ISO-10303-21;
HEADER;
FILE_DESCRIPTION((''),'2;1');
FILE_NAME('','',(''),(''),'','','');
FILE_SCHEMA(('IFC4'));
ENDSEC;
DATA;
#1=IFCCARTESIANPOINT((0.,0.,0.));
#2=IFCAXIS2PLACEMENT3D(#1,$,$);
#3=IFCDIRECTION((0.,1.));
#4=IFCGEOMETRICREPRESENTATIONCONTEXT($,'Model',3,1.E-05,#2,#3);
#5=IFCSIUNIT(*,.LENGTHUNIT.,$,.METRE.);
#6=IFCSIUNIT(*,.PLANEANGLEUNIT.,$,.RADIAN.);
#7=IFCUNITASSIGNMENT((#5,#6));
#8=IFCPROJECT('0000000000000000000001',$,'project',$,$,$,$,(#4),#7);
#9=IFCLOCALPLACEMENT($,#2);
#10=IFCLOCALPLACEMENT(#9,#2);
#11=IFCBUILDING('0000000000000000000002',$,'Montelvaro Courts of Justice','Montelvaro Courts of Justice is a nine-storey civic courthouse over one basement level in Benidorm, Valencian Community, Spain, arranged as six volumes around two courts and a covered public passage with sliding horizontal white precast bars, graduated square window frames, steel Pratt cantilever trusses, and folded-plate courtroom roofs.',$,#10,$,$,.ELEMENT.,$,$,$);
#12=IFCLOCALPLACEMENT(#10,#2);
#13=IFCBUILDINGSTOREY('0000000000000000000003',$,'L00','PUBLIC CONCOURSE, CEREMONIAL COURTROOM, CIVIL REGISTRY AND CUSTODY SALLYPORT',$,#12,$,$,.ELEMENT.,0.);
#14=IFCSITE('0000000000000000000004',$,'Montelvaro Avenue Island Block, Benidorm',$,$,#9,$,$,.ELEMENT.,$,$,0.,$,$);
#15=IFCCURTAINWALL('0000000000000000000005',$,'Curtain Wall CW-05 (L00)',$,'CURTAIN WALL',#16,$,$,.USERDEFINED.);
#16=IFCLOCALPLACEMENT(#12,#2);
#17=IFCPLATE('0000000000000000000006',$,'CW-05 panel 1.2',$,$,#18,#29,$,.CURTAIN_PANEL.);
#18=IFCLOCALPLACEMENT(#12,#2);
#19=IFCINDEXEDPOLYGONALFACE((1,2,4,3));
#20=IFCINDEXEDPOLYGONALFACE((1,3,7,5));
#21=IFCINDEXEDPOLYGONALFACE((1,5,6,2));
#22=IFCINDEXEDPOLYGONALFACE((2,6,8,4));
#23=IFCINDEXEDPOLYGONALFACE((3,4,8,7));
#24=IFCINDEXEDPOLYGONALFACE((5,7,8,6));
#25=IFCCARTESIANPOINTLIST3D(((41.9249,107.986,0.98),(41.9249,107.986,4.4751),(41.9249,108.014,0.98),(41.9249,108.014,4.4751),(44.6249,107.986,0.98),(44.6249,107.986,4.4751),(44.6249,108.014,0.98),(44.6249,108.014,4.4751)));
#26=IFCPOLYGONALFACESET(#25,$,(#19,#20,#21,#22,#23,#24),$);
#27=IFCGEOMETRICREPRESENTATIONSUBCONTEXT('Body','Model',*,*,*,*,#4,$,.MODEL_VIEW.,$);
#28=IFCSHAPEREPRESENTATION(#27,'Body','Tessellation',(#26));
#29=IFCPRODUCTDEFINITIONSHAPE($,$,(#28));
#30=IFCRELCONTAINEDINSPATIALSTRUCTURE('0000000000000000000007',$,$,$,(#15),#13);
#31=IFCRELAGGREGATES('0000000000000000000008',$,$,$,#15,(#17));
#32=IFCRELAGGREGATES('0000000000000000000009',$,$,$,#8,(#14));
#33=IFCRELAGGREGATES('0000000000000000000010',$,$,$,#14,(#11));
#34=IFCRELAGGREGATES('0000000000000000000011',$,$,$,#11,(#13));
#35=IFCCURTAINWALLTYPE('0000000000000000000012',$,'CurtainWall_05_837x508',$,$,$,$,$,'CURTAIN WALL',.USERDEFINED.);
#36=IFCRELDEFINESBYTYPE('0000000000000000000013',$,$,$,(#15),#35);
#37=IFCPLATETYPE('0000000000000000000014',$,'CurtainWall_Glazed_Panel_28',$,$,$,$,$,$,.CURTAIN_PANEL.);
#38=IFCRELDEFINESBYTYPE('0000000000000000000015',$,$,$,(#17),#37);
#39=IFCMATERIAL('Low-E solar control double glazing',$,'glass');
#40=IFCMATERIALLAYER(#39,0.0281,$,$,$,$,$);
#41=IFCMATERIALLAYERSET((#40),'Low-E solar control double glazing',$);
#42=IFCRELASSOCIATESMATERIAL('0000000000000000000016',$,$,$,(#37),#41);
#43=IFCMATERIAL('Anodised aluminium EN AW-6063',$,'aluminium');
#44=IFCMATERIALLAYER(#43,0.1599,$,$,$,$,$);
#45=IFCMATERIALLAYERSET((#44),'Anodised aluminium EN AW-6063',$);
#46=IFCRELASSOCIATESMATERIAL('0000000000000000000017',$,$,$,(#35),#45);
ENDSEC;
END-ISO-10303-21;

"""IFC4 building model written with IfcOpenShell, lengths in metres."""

from ifc_helpers import new_model, si_unit, direction, frame, origin, origin_2d, place, context, subcontext, project, spatial, rectangle, extrude, material, layer, layer_set, type_object, element, aggregate, save


model = new_model("IFC4")

# Units and contexts
model_context = context("Model", 3, precision=1e-05, world=origin(), true_north=direction((0.0, 1.0)))
body_context = subcontext(model_context, "Body", "Model", "MODEL_VIEW")
ifc_project = project(units=[si_unit("LENGTHUNIT", "METRE"), si_unit("PLANEANGLEUNIT", "RADIAN")], contexts=[model_context])

# Site, building, storey
site_placement = place(None, origin())
site = spatial("IfcSite", under=ifc_project, at=site_placement, Name="Montelvaro Avenue Island Block, Benidorm", CompositionType="ELEMENT", RefElevation=0.0)
building_placement = place(site_placement, origin())
building = spatial("IfcBuilding", under=site, at=building_placement, Name="Montelvaro Courts of Justice", Description="Montelvaro Courts of Justice is a nine-storey civic courthouse over one basement level in Benidorm, Valencian Community, Spain, arranged as six volumes around two courts and a covered public passage with sliding horizontal white precast bars, graduated square window frames, steel Pratt cantilever trusses, and folded-plate courtroom roofs.", CompositionType="ELEMENT")
storey_placement = place(building_placement, origin())
storey = spatial("IfcBuildingStorey", under=building, at=storey_placement, Name="L00", Description="PUBLIC CONCOURSE, CEREMONIAL COURTROOM, CIVIL REGISTRY AND CUSTODY SALLYPORT", CompositionType="ELEMENT", Elevation=0.0)

# Shared definitions
ifc_material_1 = material(Name="Anodised aluminium EN AW-6063", Category="aluminium")
ifc_material_2 = material(Name="Low-E solar control double glazing", Category="glass")
ifc_layer_1 = layer(ifc_material_2, 0.0281)
ifc_layer_set_1 = layer_set([ifc_layer_1], Name="Low-E solar control double glazing")
plate_type = type_object("IfcPlateType", Name="CurtainWall_Glazed_Panel_28", PredefinedType="CURTAIN_PANEL", material=ifc_layer_set_1)

# Curtain wall, plate
ifc_layer_2 = layer(ifc_material_1, 0.1599)
ifc_layer_set_2 = layer_set([ifc_layer_2], Name="Anodised aluminium EN AW-6063")
curtain_wall_type_1 = type_object("IfcCurtainWallType", Name="CurtainWall_05_837x508", ElementType="CURTAIN WALL", PredefinedType="USERDEFINED", material=ifc_layer_set_2)
curtain_wall_1_placement = place(storey_placement, origin())
curtain_wall_1 = element("IfcCurtainWall", 1, at=curtain_wall_1_placement, inside=storey, type_object=curtain_wall_type_1, Name="Curtain Wall CW-05 (L00)", ObjectType="CURTAIN WALL", PredefinedType="USERDEFINED")
plate_1_placement = place(storey_placement, frame((43.2749, 108.0, 0.98), z_axis=(0.0, 0.0, 1.0), x_axis=(-1.0, 0.0, 0.0)))
plate_1 = element("IfcPlate", 2, at=plate_1_placement, type_object=plate_type, Name="CW-05 panel 1.2", PredefinedType="CURTAIN_PANEL", context=body_context, shape_type="SweptSolid", body=[
    extrude(rectangle(XDim=2.7, YDim=0.0281, at=origin_2d()), origin(), (0.0, 0.0, 1.0), 3.4951),
])
aggregate(curtain_wall_1, [plate_1])

save(model, "model.ifc")
